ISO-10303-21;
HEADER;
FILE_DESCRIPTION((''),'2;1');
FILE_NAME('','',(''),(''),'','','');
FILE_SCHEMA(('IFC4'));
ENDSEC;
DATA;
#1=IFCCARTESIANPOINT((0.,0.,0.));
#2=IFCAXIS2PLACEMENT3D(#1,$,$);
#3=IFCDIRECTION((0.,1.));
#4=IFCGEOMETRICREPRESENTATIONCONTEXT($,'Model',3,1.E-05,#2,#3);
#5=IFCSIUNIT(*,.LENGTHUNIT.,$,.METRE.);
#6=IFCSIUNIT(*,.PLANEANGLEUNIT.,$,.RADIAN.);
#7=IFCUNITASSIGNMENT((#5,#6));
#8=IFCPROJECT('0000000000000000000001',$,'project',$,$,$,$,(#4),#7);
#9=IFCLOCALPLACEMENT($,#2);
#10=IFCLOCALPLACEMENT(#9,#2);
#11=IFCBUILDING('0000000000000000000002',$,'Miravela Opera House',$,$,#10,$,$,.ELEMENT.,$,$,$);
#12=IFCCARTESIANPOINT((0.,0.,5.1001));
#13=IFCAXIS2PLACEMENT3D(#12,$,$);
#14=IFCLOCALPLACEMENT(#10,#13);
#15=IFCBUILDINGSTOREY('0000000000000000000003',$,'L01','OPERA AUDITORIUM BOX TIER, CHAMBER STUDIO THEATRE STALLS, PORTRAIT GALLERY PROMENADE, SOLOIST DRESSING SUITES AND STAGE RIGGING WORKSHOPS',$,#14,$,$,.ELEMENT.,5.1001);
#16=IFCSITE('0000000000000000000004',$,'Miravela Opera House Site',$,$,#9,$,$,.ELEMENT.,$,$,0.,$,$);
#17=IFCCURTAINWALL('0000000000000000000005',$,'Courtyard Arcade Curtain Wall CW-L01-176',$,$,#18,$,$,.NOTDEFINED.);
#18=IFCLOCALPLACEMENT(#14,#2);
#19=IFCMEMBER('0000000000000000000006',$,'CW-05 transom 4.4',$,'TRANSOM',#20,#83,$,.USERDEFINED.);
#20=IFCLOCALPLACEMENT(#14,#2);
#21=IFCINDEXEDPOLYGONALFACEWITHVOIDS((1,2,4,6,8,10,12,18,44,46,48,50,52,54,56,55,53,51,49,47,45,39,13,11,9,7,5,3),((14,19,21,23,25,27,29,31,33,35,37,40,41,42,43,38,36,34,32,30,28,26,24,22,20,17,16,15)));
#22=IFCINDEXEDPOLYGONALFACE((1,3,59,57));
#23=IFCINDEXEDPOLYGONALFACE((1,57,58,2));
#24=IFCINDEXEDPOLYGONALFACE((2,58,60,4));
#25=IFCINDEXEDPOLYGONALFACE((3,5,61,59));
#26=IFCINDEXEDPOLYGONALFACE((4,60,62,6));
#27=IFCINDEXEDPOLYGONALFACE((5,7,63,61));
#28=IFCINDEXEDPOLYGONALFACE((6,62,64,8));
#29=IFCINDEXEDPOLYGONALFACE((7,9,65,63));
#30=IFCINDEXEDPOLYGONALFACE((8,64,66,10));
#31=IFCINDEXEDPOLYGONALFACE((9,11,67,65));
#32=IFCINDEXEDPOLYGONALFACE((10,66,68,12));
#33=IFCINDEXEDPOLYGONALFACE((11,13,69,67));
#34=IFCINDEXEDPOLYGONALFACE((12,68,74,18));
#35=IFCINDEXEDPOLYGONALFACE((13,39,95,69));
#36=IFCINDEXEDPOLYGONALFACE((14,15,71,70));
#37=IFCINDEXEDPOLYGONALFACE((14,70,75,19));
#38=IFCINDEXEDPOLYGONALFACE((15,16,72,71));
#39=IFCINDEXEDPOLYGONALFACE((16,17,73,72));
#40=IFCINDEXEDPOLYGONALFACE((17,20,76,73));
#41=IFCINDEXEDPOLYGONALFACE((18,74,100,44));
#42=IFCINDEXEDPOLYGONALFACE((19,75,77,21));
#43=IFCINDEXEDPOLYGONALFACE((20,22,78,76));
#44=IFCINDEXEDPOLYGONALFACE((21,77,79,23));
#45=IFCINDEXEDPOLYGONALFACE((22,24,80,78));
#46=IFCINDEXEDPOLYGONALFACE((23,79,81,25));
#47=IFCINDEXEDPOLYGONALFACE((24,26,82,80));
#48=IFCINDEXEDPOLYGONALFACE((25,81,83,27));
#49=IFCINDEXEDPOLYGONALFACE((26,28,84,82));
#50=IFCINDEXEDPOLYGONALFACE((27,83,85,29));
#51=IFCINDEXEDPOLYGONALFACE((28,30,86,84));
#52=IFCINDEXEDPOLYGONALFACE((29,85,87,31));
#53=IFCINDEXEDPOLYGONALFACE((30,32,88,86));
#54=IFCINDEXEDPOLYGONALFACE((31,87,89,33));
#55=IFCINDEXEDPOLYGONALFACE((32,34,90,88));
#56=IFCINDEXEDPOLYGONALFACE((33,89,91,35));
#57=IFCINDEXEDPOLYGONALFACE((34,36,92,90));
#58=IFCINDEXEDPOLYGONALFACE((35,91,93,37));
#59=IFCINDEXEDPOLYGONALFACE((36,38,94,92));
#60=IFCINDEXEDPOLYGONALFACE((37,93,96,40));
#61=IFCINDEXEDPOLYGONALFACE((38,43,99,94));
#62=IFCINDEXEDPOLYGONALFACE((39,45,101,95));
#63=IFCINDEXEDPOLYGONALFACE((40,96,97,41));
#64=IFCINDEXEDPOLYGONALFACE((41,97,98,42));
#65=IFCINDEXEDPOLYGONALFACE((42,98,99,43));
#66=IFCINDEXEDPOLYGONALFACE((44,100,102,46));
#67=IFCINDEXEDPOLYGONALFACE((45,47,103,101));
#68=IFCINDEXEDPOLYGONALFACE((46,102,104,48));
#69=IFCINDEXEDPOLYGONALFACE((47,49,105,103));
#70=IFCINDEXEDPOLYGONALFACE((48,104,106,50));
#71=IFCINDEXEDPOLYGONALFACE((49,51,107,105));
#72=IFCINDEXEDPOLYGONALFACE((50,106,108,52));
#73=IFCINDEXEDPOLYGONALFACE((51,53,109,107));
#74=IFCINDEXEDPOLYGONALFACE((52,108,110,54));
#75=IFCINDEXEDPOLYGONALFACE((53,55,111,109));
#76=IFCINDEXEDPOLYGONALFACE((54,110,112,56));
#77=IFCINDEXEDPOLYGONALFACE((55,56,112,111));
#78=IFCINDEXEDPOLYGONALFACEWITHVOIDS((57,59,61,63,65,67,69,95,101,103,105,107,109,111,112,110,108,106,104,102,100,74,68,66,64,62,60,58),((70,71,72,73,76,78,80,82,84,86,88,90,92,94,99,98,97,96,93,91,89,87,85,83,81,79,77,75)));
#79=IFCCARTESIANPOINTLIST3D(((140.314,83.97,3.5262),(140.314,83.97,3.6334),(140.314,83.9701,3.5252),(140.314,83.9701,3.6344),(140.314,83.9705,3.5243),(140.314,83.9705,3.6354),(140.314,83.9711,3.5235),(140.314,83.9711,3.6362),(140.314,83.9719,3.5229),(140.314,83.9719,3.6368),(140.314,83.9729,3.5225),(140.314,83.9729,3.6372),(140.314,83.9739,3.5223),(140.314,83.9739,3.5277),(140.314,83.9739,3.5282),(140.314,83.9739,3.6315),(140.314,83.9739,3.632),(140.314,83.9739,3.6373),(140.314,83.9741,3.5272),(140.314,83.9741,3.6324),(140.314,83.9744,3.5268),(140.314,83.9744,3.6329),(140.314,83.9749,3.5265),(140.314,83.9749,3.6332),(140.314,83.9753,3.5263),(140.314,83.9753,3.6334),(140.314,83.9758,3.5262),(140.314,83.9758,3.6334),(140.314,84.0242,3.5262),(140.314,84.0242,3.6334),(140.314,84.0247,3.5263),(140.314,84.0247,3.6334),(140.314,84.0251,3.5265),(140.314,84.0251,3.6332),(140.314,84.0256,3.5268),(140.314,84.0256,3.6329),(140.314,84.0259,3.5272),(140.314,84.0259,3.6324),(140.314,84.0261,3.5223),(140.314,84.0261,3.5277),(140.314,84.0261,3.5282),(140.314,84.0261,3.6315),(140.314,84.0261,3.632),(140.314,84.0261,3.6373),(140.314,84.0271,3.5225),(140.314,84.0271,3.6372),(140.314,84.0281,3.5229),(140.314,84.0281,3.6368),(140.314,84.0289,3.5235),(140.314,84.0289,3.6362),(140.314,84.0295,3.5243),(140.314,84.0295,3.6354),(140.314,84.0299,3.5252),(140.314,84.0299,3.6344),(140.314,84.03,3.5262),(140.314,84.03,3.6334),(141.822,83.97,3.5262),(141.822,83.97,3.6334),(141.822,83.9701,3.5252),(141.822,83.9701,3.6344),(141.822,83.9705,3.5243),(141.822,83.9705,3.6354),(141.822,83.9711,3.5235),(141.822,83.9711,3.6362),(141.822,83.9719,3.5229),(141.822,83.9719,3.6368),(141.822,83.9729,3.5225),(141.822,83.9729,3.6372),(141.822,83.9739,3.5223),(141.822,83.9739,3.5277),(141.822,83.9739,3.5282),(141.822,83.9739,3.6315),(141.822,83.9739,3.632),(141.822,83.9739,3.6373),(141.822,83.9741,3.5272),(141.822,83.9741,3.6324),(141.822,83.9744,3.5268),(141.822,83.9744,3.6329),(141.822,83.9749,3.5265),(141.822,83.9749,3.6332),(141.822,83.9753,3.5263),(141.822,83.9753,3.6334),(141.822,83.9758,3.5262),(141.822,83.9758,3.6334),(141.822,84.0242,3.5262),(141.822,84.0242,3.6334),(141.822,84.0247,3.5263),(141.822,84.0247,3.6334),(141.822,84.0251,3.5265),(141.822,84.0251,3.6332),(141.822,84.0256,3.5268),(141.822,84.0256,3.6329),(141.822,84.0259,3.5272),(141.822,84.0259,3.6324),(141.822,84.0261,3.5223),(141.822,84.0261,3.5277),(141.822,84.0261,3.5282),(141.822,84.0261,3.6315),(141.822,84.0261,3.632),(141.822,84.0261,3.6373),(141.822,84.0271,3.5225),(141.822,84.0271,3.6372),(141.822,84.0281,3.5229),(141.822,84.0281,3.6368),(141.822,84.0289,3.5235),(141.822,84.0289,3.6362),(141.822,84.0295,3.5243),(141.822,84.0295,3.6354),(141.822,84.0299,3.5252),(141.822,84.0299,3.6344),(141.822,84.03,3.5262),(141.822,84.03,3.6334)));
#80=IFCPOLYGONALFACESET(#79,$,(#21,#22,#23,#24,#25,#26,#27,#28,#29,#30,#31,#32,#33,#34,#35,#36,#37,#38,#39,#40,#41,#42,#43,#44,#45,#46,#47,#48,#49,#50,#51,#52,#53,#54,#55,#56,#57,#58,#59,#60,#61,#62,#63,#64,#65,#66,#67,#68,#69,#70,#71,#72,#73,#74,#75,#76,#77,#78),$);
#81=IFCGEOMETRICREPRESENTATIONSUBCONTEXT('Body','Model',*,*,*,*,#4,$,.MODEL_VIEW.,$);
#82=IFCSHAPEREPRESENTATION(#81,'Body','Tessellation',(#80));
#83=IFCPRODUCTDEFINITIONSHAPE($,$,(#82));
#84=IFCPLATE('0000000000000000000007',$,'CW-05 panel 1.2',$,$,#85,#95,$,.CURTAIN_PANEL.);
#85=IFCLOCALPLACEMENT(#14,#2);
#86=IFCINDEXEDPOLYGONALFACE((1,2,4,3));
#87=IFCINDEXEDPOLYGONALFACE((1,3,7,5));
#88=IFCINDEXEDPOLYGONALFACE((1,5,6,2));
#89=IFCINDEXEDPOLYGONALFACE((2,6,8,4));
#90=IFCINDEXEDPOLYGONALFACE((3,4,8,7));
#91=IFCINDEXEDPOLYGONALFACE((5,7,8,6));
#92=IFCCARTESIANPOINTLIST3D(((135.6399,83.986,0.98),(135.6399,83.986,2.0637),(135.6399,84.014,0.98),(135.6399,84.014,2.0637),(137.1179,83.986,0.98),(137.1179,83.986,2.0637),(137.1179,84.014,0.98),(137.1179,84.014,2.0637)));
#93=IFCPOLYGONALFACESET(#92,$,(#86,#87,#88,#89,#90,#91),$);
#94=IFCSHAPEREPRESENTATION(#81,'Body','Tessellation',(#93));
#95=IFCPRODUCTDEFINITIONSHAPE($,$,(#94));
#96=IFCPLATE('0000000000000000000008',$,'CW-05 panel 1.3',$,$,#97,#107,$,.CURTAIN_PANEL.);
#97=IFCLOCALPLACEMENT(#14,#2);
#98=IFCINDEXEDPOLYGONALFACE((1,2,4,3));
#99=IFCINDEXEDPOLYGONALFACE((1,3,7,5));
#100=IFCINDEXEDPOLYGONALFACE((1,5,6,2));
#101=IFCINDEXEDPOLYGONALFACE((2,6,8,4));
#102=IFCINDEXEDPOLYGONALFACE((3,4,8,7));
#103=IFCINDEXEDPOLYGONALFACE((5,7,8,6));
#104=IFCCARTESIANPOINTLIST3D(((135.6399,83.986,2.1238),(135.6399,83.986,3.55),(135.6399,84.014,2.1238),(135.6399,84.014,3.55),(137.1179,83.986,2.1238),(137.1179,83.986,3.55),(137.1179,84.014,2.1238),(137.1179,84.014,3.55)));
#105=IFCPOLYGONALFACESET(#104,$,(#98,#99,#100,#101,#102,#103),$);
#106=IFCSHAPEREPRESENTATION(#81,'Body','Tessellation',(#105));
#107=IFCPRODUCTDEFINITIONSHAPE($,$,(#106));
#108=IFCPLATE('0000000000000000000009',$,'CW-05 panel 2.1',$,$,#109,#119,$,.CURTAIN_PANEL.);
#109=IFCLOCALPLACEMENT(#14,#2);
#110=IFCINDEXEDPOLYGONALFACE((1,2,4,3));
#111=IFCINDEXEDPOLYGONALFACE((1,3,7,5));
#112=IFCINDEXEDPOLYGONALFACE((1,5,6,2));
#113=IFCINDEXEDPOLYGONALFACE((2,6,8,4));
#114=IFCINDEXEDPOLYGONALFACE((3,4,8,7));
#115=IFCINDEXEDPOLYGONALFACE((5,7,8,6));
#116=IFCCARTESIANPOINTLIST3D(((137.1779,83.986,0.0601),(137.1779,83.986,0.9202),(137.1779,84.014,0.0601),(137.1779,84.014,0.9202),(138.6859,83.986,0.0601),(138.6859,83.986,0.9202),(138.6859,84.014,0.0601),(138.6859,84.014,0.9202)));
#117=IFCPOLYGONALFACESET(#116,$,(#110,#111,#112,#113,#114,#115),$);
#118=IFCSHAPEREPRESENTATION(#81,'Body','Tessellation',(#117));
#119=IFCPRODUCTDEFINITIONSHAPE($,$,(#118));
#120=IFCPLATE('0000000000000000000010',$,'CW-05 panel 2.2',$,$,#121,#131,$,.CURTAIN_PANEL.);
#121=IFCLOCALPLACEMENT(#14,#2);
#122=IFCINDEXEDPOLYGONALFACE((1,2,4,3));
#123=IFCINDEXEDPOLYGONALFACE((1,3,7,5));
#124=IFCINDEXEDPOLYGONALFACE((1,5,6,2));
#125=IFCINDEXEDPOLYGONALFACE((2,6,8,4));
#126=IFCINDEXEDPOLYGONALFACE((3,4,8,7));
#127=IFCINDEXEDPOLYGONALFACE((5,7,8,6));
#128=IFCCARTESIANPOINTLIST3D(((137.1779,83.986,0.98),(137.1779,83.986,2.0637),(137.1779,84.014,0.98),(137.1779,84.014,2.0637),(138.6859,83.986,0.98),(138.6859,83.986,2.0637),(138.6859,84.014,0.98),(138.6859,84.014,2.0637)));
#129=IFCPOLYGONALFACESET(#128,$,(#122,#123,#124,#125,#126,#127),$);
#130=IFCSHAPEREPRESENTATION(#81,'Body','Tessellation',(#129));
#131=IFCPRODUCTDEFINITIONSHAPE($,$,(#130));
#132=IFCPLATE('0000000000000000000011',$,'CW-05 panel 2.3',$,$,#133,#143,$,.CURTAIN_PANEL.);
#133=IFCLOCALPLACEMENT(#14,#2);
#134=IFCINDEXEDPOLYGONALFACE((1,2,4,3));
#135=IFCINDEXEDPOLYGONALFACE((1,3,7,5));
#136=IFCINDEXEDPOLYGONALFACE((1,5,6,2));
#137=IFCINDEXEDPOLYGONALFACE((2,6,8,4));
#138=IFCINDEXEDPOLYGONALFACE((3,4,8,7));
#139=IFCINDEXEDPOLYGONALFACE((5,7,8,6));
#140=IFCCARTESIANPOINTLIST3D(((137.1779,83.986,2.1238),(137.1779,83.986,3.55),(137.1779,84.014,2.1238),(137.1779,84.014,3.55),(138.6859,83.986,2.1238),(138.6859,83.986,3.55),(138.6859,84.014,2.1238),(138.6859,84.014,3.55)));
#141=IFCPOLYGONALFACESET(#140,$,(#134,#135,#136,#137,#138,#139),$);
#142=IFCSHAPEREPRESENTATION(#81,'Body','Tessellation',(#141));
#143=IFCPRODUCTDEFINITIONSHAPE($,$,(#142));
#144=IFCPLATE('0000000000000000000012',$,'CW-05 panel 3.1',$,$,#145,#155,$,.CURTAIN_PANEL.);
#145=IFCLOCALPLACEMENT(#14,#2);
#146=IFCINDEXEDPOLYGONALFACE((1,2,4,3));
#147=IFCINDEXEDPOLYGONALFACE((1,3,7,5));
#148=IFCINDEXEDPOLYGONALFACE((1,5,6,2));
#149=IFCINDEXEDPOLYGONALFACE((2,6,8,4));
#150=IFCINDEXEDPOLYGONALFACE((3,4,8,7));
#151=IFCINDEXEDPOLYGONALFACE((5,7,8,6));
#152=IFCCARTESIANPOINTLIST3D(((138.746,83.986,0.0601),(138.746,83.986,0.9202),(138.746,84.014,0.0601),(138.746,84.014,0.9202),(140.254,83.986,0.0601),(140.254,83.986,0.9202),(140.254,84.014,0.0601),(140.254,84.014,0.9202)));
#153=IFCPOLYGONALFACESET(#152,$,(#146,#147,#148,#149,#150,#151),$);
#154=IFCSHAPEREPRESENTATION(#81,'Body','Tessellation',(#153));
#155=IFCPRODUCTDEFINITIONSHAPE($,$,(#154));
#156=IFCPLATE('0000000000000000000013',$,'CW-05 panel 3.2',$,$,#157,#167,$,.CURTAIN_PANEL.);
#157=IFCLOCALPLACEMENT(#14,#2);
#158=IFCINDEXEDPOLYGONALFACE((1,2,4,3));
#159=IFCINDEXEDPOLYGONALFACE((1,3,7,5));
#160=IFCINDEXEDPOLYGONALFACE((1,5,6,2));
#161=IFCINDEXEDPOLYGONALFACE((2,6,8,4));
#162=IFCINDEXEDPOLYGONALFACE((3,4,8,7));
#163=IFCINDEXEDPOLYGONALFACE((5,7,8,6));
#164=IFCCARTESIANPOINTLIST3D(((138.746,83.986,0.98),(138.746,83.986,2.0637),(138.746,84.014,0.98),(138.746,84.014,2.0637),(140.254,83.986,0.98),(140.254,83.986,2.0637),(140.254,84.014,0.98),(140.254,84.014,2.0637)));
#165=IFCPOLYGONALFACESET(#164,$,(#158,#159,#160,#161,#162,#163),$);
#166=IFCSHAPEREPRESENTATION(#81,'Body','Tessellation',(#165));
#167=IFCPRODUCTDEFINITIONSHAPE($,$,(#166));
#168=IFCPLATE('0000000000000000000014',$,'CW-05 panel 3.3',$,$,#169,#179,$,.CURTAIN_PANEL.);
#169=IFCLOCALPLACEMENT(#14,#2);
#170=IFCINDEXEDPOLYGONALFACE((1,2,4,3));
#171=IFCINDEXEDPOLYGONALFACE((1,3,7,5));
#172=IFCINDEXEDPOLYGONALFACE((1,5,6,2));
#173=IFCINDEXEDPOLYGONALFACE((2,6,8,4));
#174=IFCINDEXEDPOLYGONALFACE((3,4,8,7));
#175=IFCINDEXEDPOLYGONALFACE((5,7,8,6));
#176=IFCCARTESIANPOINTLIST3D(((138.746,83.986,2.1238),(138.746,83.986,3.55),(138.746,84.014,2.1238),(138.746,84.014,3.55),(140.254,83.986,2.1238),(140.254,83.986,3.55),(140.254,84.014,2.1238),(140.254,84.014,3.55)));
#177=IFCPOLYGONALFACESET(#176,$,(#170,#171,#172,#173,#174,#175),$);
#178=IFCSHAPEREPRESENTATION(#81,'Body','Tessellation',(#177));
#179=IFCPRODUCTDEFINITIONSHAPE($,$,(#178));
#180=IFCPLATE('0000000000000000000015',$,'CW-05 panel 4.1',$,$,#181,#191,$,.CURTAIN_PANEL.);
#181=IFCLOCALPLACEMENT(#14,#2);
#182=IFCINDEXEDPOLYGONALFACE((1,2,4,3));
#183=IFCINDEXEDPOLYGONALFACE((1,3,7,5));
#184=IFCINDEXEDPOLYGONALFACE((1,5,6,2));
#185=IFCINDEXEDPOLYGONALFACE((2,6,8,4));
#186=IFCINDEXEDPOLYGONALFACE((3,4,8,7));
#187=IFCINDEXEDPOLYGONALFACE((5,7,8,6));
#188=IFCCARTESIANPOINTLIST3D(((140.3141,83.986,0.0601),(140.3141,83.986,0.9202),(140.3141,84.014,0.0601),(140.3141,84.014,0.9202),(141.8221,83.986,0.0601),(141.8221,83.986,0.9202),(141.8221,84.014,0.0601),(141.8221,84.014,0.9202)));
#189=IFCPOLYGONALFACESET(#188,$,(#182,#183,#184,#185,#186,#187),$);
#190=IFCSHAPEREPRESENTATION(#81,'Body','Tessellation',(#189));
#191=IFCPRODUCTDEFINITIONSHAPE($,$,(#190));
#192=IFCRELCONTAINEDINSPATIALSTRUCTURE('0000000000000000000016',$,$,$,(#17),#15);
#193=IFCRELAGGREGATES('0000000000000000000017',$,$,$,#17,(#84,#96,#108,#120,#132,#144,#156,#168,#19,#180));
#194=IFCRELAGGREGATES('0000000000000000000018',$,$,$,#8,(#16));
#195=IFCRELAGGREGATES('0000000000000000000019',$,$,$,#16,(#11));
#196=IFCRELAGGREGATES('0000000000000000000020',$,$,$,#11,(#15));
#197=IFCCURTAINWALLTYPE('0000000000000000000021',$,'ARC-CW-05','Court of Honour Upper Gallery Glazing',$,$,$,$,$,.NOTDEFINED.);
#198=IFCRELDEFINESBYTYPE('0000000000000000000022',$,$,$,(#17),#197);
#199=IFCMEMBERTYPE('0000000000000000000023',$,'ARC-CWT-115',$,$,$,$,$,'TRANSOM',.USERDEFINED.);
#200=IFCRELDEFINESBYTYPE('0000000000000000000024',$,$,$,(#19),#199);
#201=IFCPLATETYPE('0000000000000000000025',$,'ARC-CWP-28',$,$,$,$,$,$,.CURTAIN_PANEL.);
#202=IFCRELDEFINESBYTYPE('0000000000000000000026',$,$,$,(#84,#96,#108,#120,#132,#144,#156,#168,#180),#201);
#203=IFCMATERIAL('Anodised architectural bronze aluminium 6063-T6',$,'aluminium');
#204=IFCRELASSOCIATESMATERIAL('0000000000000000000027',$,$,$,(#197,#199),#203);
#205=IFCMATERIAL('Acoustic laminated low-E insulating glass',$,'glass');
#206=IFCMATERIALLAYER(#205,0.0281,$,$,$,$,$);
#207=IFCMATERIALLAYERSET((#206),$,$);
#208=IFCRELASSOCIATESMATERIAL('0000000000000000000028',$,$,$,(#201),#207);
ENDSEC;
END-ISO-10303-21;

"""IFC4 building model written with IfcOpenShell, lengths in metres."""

from ifc_helpers import new_model, si_unit, direction, frame, origin, origin_2d, place, context, subcontext, project, spatial, rectangle, hollow_rectangle, extrude, material, layer, layer_set, material_profile, profile_set, type_object, element, aggregate, save


model = new_model("IFC4")

# Units and contexts
model_context = context("Model", 3, precision=1e-05, world=origin(), true_north=direction((0.0, 1.0)))
body_context = subcontext(model_context, "Body", "Model", "MODEL_VIEW")
ifc_project = project(units=[si_unit("LENGTHUNIT", "METRE"), si_unit("PLANEANGLEUNIT", "RADIAN")], contexts=[model_context])

# Site, building, storey
site_placement = place(None, origin())
site = spatial("IfcSite", under=ifc_project, at=site_placement, Name="Miravela Opera House Site", CompositionType="ELEMENT", RefElevation=0.0)
building_placement = place(site_placement, origin())
building = spatial("IfcBuilding", under=site, at=building_placement, Name="Miravela Opera House", CompositionType="ELEMENT")
storey_placement = place(building_placement, frame((0.0, 0.0, 5.1001)))
storey = spatial("IfcBuildingStorey", under=building, at=storey_placement, Name="L01", Description="OPERA AUDITORIUM BOX TIER, CHAMBER STUDIO THEATRE STALLS, PORTRAIT GALLERY PROMENADE, SOLOIST DRESSING SUITES AND STAGE RIGGING WORKSHOPS", CompositionType="ELEMENT", Elevation=5.1001)

# Curtain wall, member, plates
ifc_material_1 = material(Name="Anodised architectural bronze aluminium 6063-T6", Category="aluminium")
curtain_wall_type = type_object("IfcCurtainWallType", Name="ARC-CW-05", Description="Court of Honour Upper Gallery Glazing", PredefinedType="NOTDEFINED", material=ifc_material_1)
curtain_wall_placement = place(storey_placement, origin())
curtain_wall = element("IfcCurtainWall", 1, at=curtain_wall_placement, inside=storey, type_object=curtain_wall_type, Name="Courtyard Arcade Curtain Wall CW-L01-176", PredefinedType="NOTDEFINED")
ifc_material_profile_1 = material_profile(ifc_material_1, hollow_rectangle(XDim=0.0601, YDim=0.115, WallThickness=0.0039, InnerFilletRadius=0.002, OuterFilletRadius=0.0039, at=origin_2d()), Name="CWT-60X115")
ifc_profile_set_1 = profile_set([ifc_material_profile_1])
member_type_1 = type_object("IfcMemberType", Name="ARC-CWT-115", ElementType="TRANSOM", PredefinedType="USERDEFINED", material=ifc_profile_set_1)
member_1_placement = place(storey_placement, frame((140.314, 84.0, 3.5798), z_axis=(1.0, 0.0, 0.0), x_axis=(0.0, 1.0, 0.0)))
member_1 = element("IfcMember", 2, at=member_1_placement, type_object=member_type_1, Name="CW-05 transom 4.4", ObjectType="TRANSOM", PredefinedType="USERDEFINED", context=body_context, shape_type="SweptSolid", body=[
    extrude(hollow_rectangle(XDim=0.0601, YDim=0.115, WallThickness=0.0039, InnerFilletRadius=0.002, OuterFilletRadius=0.0039, at=origin_2d()), origin(), (0.0, 0.0, 1.0), 1.5081),
])
ifc_material_2 = material(Name="Acoustic laminated low-E insulating glass", Category="glass")
ifc_layer = layer(ifc_material_2, 0.0281)
ifc_layer_set = layer_set([ifc_layer])
plate_type = type_object("IfcPlateType", Name="ARC-CWP-28", PredefinedType="CURTAIN_PANEL", material=ifc_layer_set)
plate_1_placement = place(storey_placement, frame((136.3789, 84.0, 0.98), z_axis=(0.0, 0.0, 1.0), x_axis=(1.0, 0.0, 0.0)))
plate_1 = element("IfcPlate", 3, at=plate_1_placement, type_object=plate_type, Name="CW-05 panel 1.2", PredefinedType="CURTAIN_PANEL", context=body_context, shape_type="SweptSolid", body=[
    extrude(rectangle(XDim=1.478, YDim=0.0281, at=origin_2d()), origin(), (0.0, 0.0, 1.0), 1.0837),
])
plate_2_placement = place(storey_placement, frame((136.3789, 84.0, 2.1238), z_axis=(0.0, 0.0, 1.0), x_axis=(1.0, 0.0, 0.0)))
plate_2 = element("IfcPlate", 4, at=plate_2_placement, type_object=plate_type, Name="CW-05 panel 1.3", PredefinedType="CURTAIN_PANEL", context=body_context, shape_type="SweptSolid", body=[
    extrude(rectangle(XDim=1.478, YDim=0.0281, at=origin_2d()), origin(), (0.0, 0.0, 1.0), 1.4263),
])
plate_3_placement = place(storey_placement, frame((137.9319, 84.0, 0.0601), z_axis=(0.0, 0.0, 1.0), x_axis=(1.0, 0.0, 0.0)))
plate_3 = element("IfcPlate", 5, at=plate_3_placement, type_object=plate_type, Name="CW-05 panel 2.1", PredefinedType="CURTAIN_PANEL", context=body_context, shape_type="SweptSolid", body=[
    extrude(rectangle(XDim=1.5081, YDim=0.0281, at=origin_2d()), origin(), (0.0, 0.0, 1.0), 0.8601),
])
plate_4_placement = place(storey_placement, frame((137.9319, 84.0, 0.98), z_axis=(0.0, 0.0, 1.0), x_axis=(1.0, 0.0, 0.0)))
plate_4 = element("IfcPlate", 6, at=plate_4_placement, type_object=plate_type, Name="CW-05 panel 2.2", PredefinedType="CURTAIN_PANEL", context=body_context, shape_type="SweptSolid", body=[
    extrude(rectangle(XDim=1.5081, YDim=0.0281, at=origin_2d()), origin(), (0.0, 0.0, 1.0), 1.0837),
])
plate_5_placement = place(storey_placement, frame((137.9319, 84.0, 2.1238), z_axis=(0.0, 0.0, 1.0), x_axis=(1.0, 0.0, 0.0)))
plate_5 = element("IfcPlate", 7, at=plate_5_placement, type_object=plate_type, Name="CW-05 panel 2.3", PredefinedType="CURTAIN_PANEL", context=body_context, shape_type="SweptSolid", body=[
    extrude(rectangle(XDim=1.5081, YDim=0.0281, at=origin_2d()), origin(), (0.0, 0.0, 1.0), 1.4263),
])
plate_6_placement = place(storey_placement, frame((139.5, 84.0, 0.0601), z_axis=(0.0, 0.0, 1.0), x_axis=(1.0, 0.0, 0.0)))
plate_6 = element("IfcPlate", 8, at=plate_6_placement, type_object=plate_type, Name="CW-05 panel 3.1", PredefinedType="CURTAIN_PANEL", context=body_context, shape_type="SweptSolid", body=[
    extrude(rectangle(XDim=1.5081, YDim=0.0281, at=origin_2d()), origin(), (0.0, 0.0, 1.0), 0.8601),
])
plate_7_placement = place(storey_placement, frame((139.5, 84.0, 0.98), z_axis=(0.0, 0.0, 1.0), x_axis=(1.0, 0.0, 0.0)))
plate_7 = element("IfcPlate", 9, at=plate_7_placement, type_object=plate_type, Name="CW-05 panel 3.2", PredefinedType="CURTAIN_PANEL", context=body_context, shape_type="SweptSolid", body=[
    extrude(rectangle(XDim=1.5081, YDim=0.0281, at=origin_2d()), origin(), (0.0, 0.0, 1.0), 1.0837),
])
plate_8_placement = place(storey_placement, frame((139.5, 84.0, 2.1238), z_axis=(0.0, 0.0, 1.0), x_axis=(1.0, 0.0, 0.0)))
plate_8 = element("IfcPlate", 10, at=plate_8_placement, type_object=plate_type, Name="CW-05 panel 3.3", PredefinedType="CURTAIN_PANEL", context=body_context, shape_type="SweptSolid", body=[
    extrude(rectangle(XDim=1.5081, YDim=0.0281, at=origin_2d()), origin(), (0.0, 0.0, 1.0), 1.4263),
])
plate_9_placement = place(storey_placement, frame((141.0681, 84.0, 0.0601), z_axis=(0.0, 0.0, 1.0), x_axis=(1.0, 0.0, 0.0)))
plate_9 = element("IfcPlate", 11, at=plate_9_placement, type_object=plate_type, Name="CW-05 panel 4.1", PredefinedType="CURTAIN_PANEL", context=body_context, shape_type="SweptSolid", body=[
    extrude(rectangle(XDim=1.5081, YDim=0.0281, at=origin_2d()), origin(), (0.0, 0.0, 1.0), 0.8601),
])
aggregate(curtain_wall, [plate_1, plate_2, plate_3, plate_4, plate_5, plate_6, plate_7, plate_8, member_1, plate_9])

save(model, "model.ifc")
